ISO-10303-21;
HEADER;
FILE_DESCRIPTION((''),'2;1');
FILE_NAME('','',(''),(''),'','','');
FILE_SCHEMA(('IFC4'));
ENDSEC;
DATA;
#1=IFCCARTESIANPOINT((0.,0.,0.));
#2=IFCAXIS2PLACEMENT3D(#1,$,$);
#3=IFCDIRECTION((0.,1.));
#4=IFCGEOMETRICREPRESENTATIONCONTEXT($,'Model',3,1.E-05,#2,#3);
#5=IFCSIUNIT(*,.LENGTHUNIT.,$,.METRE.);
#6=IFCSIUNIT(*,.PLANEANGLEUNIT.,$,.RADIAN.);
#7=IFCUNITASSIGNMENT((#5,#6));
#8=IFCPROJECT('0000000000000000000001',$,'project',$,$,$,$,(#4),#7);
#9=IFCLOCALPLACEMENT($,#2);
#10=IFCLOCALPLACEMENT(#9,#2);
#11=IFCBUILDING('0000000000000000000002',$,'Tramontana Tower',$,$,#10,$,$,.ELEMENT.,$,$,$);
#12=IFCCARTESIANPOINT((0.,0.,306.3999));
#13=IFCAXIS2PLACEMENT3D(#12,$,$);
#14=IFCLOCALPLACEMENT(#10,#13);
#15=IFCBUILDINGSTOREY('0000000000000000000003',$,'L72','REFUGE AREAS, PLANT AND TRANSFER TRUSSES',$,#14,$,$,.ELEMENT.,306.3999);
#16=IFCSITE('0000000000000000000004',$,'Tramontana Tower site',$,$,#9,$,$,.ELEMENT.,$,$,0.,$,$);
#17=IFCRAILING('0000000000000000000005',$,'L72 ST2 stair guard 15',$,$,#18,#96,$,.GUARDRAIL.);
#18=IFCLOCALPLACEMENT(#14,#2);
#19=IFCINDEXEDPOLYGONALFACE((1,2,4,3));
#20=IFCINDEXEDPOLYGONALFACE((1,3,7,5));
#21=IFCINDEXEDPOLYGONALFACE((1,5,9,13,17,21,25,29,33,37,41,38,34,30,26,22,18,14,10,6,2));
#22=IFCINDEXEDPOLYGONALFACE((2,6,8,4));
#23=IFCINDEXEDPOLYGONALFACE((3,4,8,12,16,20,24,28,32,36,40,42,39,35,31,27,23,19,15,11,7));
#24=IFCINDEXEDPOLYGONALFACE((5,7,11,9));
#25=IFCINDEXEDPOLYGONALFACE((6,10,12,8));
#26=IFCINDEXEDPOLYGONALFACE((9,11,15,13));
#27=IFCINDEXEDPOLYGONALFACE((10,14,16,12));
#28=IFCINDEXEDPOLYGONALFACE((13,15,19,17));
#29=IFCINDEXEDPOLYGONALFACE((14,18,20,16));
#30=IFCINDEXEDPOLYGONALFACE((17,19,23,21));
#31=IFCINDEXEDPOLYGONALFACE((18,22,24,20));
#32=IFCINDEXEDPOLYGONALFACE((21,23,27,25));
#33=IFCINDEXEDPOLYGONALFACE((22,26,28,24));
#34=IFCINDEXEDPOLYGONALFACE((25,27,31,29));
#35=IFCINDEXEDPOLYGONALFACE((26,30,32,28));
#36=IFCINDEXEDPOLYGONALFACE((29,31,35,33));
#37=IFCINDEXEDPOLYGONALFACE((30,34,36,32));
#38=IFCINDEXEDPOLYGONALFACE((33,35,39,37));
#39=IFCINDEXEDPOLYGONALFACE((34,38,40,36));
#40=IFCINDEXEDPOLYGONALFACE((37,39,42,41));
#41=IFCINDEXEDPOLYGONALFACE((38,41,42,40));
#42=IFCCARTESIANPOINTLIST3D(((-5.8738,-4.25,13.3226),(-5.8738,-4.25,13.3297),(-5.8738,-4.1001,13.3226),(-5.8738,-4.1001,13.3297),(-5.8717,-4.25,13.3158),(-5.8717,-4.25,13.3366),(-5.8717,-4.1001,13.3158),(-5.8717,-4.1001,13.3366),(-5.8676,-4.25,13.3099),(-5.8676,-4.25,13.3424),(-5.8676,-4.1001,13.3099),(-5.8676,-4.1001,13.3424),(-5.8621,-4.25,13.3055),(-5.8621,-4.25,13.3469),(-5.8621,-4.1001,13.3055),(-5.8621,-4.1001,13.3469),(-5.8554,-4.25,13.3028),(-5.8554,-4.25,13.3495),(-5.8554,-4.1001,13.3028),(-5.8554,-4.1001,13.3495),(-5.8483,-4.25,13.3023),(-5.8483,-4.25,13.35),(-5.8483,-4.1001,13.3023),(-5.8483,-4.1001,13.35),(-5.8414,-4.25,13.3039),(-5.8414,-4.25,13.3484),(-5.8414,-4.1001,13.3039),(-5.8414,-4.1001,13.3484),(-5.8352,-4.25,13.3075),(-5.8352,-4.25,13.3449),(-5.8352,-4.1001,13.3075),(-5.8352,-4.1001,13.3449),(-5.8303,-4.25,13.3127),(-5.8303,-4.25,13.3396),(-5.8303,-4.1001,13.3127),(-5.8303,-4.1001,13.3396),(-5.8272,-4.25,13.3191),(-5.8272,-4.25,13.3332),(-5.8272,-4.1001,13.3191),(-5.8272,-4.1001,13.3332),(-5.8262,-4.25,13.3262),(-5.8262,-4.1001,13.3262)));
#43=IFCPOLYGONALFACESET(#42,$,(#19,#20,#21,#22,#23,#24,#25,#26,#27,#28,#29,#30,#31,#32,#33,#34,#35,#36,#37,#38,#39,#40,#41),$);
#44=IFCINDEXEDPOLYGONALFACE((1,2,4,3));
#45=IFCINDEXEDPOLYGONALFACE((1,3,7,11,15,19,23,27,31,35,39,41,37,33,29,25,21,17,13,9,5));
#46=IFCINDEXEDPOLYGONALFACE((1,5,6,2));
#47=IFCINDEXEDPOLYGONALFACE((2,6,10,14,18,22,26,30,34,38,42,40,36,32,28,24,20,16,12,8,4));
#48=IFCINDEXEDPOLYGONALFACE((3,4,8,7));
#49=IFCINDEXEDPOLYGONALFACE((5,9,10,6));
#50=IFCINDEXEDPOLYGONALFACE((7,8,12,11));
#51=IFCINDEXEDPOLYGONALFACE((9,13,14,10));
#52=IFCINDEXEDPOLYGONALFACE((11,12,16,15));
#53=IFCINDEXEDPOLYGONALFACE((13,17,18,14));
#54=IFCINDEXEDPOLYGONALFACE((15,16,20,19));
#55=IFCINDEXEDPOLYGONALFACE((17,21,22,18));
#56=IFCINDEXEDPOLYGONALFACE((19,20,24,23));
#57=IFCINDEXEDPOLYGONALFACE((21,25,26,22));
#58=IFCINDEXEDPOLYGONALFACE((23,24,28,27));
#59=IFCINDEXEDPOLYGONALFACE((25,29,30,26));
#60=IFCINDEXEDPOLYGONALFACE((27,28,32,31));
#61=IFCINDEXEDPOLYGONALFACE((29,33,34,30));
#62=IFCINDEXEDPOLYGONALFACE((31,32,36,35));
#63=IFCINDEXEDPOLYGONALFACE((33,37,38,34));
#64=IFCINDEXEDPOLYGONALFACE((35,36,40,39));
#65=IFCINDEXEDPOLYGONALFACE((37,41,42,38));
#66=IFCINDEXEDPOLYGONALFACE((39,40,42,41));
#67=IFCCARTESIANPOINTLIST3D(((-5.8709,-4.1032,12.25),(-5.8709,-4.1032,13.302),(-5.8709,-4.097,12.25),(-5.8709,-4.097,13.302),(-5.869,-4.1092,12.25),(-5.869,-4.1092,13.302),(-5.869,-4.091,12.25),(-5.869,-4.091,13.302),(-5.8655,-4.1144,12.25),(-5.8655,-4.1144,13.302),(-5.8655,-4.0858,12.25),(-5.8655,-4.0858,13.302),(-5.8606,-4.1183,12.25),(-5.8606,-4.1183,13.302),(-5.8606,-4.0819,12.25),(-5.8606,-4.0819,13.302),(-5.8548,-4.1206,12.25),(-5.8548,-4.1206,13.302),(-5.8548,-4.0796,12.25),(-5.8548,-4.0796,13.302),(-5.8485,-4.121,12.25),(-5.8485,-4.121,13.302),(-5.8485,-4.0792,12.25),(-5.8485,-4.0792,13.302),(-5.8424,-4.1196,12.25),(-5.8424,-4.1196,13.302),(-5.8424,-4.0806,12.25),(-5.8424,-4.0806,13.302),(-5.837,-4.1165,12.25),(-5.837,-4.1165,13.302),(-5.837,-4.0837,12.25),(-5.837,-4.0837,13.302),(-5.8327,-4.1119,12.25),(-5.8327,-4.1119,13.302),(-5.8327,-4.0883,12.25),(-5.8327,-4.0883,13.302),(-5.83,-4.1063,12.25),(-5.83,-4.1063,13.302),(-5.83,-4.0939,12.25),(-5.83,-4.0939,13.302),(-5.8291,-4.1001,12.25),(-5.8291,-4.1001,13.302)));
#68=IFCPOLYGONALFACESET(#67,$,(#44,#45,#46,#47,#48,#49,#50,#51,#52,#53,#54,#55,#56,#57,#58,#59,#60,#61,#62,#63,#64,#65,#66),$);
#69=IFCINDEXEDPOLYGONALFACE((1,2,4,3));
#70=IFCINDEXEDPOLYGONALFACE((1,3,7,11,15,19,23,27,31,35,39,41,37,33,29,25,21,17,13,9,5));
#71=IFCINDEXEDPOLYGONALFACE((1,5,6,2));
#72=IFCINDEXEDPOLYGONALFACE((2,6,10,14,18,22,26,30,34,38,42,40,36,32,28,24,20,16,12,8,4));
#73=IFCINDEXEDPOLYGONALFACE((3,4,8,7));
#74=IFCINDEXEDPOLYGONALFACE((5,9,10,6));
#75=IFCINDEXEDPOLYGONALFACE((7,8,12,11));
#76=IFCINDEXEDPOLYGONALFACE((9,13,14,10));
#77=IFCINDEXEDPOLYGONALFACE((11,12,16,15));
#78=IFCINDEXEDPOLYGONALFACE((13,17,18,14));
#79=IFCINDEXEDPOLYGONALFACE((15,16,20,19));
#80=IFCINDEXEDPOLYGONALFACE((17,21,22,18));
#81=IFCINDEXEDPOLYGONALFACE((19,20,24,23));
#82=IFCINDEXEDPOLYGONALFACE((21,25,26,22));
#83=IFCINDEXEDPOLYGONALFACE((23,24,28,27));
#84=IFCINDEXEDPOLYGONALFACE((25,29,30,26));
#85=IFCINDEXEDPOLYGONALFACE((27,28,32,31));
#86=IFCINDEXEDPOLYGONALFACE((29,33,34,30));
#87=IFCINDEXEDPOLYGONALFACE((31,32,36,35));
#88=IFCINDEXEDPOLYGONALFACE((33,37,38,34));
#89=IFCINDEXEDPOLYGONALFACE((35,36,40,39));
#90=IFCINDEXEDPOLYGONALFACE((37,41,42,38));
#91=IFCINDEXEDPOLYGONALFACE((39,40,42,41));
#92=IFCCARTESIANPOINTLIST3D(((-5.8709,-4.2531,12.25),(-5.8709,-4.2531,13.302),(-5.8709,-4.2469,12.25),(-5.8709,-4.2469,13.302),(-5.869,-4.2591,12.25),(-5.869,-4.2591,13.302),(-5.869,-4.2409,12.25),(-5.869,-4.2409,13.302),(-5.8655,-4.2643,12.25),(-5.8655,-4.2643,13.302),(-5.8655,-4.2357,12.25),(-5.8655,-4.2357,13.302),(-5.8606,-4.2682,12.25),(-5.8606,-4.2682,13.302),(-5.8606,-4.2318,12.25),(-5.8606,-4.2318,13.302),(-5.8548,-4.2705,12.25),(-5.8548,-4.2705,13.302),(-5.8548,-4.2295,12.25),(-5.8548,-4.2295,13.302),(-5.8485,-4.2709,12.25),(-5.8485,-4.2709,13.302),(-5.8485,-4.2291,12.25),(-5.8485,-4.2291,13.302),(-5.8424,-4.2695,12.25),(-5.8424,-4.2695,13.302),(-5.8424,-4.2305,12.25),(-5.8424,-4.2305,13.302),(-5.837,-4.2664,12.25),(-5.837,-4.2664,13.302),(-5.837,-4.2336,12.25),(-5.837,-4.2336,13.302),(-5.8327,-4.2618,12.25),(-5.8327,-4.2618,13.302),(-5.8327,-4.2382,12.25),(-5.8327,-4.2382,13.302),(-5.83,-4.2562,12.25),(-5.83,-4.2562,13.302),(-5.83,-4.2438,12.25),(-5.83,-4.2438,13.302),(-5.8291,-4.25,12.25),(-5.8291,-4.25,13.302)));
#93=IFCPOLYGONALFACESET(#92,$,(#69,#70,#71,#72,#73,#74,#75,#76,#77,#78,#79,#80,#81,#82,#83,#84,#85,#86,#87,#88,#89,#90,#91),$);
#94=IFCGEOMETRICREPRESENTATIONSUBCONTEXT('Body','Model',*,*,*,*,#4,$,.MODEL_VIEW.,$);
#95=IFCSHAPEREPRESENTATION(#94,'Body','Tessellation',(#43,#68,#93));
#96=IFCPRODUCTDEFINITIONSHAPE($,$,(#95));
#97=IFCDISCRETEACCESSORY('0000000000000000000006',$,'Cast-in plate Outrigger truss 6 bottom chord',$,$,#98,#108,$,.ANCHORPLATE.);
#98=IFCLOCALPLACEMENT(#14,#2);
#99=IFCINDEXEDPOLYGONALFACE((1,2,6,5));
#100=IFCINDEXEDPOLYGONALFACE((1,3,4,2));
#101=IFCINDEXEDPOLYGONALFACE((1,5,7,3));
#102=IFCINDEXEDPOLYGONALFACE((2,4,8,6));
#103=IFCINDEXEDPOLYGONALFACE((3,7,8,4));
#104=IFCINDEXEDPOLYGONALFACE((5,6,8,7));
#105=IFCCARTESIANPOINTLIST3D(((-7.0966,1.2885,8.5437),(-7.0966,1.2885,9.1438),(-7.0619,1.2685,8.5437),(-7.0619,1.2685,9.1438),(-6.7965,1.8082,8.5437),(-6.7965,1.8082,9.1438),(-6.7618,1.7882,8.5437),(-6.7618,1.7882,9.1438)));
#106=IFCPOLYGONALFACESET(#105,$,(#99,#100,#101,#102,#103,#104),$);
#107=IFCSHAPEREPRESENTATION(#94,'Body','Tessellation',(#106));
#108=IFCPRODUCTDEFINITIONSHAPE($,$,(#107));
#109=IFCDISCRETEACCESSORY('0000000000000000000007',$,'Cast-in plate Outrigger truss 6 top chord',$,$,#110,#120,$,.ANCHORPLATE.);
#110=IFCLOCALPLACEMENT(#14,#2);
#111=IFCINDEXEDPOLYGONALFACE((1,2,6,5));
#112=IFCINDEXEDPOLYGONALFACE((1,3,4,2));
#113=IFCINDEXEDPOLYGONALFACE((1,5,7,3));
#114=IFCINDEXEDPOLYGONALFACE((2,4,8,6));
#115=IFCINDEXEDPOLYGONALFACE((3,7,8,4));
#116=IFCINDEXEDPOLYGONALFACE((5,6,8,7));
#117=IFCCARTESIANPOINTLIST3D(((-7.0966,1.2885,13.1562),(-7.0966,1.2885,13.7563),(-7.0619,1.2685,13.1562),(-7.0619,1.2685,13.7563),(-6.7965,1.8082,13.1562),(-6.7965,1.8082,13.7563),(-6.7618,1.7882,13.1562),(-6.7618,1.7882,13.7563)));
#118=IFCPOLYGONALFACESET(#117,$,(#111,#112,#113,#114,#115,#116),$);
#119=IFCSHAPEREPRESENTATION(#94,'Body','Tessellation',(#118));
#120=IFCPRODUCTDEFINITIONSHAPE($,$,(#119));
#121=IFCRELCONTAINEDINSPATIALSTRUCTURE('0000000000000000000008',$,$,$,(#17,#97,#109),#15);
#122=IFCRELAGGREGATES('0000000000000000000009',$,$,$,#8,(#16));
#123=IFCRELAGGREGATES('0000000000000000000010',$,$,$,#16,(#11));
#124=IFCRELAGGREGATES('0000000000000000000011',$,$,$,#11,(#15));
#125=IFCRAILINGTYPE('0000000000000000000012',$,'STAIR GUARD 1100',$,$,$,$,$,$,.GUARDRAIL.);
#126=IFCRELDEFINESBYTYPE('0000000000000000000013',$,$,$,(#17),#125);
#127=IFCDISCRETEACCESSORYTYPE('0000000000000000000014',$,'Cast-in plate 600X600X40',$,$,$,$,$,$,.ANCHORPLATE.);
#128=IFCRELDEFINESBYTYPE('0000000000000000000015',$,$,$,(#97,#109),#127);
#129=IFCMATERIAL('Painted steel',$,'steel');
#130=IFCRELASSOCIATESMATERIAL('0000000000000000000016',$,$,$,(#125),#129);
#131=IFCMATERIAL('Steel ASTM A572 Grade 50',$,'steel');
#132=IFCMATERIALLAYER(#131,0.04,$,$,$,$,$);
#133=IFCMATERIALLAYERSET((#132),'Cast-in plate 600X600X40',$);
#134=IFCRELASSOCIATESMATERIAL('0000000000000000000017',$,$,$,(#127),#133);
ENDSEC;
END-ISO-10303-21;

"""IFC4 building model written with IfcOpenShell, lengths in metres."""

from ifc_helpers import new_model, si_unit, direction, frame, origin, origin_2d, place, context, subcontext, project, spatial, rectangle, circle, extrude, material, layer, layer_set, type_object, element, save


model = new_model("IFC4")

# Units and contexts
model_context = context("Model", 3, precision=1e-05, world=origin(), true_north=direction((0.0, 1.0)))
body_context = subcontext(model_context, "Body", "Model", "MODEL_VIEW")
ifc_project = project(units=[si_unit("LENGTHUNIT", "METRE"), si_unit("PLANEANGLEUNIT", "RADIAN")], contexts=[model_context])

# Site, building, storey
site_placement = place(None, origin())
site = spatial("IfcSite", under=ifc_project, at=site_placement, Name="Tramontana Tower site", CompositionType="ELEMENT", RefElevation=0.0)
building_placement = place(site_placement, origin())
building = spatial("IfcBuilding", under=site, at=building_placement, Name="Tramontana Tower", CompositionType="ELEMENT")
storey_placement = place(building_placement, frame((0.0, 0.0, 306.3999)))
storey = spatial("IfcBuildingStorey", under=building, at=storey_placement, Name="L72", Description="REFUGE AREAS, PLANT AND TRANSFER TRUSSES", CompositionType="ELEMENT", Elevation=306.3999)

# Railing
ifc_material_1 = material(Name="Painted steel", Category="steel")
railing_type = type_object("IfcRailingType", Name="STAIR GUARD 1100", PredefinedType="GUARDRAIL", material=ifc_material_1)
for number, where, name in (
    (1, (-5.8501, -4.1001, 12.25), "L72 ST2 stair guard 15"),
):
    element("IfcRailing", number, at=place(storey_placement, frame(where)), inside=storey, type_object=railing_type, Name=name, PredefinedType="GUARDRAIL", context=body_context, shape_type="SweptSolid", body=[
        extrude(circle(Radius=0.0239, at=origin_2d()), frame((0.0, 0.0, 1.0762), z_axis=(0.0, -1.0, 0.0), x_axis=(1.0, 0.0, 0.0)), (0.0, 0.0, 1.0), 0.1499),
        extrude(circle(Radius=0.021, at=origin_2d()), origin(), (0.0, 0.0, 1.0), 1.052),
        extrude(circle(Radius=0.021, at=origin_2d()), frame((0.0, -0.1499, 0.0)), (0.0, 0.0, 1.0), 1.052),
    ])

# Discrete accessories
ifc_material_2 = material(Name="Steel ASTM A572 Grade 50", Category="steel")
ifc_layer_1 = layer(ifc_material_2, 0.04)
ifc_layer_set_1 = layer_set([ifc_layer_1], Name="Cast-in plate 600X600X40")
discrete_accessory_type = type_object("IfcDiscreteAccessoryType", Name="Cast-in plate 600X600X40", PredefinedType="ANCHORPLATE", material=ifc_layer_set_1)
for number, where, z_axis, x_axis, name in (
    (2, (-6.9292, 1.5383, 8.5437), (0.0, 0.0, 1.0), (-0.5, -0.866025, 0.0), "Cast-in plate Outrigger truss 6 bottom chord"),
    (3, (-6.9292, 1.5383, 13.1562), (0.0, 0.0, 1.0), (-0.5, -0.866025, 0.0), "Cast-in plate Outrigger truss 6 top chord"),
):
    element("IfcDiscreteAccessory", number, at=place(storey_placement, frame(where, z_axis=z_axis, x_axis=x_axis)), inside=storey, type_object=discrete_accessory_type, Name=name, PredefinedType="ANCHORPLATE", context=body_context, shape_type="SweptSolid", body=[
        extrude(rectangle(XDim=0.6001, YDim=0.04, at=origin_2d()), origin(), (0.0, 0.0, 1.0), 0.6001),
    ])

save(model, "model.ifc")
